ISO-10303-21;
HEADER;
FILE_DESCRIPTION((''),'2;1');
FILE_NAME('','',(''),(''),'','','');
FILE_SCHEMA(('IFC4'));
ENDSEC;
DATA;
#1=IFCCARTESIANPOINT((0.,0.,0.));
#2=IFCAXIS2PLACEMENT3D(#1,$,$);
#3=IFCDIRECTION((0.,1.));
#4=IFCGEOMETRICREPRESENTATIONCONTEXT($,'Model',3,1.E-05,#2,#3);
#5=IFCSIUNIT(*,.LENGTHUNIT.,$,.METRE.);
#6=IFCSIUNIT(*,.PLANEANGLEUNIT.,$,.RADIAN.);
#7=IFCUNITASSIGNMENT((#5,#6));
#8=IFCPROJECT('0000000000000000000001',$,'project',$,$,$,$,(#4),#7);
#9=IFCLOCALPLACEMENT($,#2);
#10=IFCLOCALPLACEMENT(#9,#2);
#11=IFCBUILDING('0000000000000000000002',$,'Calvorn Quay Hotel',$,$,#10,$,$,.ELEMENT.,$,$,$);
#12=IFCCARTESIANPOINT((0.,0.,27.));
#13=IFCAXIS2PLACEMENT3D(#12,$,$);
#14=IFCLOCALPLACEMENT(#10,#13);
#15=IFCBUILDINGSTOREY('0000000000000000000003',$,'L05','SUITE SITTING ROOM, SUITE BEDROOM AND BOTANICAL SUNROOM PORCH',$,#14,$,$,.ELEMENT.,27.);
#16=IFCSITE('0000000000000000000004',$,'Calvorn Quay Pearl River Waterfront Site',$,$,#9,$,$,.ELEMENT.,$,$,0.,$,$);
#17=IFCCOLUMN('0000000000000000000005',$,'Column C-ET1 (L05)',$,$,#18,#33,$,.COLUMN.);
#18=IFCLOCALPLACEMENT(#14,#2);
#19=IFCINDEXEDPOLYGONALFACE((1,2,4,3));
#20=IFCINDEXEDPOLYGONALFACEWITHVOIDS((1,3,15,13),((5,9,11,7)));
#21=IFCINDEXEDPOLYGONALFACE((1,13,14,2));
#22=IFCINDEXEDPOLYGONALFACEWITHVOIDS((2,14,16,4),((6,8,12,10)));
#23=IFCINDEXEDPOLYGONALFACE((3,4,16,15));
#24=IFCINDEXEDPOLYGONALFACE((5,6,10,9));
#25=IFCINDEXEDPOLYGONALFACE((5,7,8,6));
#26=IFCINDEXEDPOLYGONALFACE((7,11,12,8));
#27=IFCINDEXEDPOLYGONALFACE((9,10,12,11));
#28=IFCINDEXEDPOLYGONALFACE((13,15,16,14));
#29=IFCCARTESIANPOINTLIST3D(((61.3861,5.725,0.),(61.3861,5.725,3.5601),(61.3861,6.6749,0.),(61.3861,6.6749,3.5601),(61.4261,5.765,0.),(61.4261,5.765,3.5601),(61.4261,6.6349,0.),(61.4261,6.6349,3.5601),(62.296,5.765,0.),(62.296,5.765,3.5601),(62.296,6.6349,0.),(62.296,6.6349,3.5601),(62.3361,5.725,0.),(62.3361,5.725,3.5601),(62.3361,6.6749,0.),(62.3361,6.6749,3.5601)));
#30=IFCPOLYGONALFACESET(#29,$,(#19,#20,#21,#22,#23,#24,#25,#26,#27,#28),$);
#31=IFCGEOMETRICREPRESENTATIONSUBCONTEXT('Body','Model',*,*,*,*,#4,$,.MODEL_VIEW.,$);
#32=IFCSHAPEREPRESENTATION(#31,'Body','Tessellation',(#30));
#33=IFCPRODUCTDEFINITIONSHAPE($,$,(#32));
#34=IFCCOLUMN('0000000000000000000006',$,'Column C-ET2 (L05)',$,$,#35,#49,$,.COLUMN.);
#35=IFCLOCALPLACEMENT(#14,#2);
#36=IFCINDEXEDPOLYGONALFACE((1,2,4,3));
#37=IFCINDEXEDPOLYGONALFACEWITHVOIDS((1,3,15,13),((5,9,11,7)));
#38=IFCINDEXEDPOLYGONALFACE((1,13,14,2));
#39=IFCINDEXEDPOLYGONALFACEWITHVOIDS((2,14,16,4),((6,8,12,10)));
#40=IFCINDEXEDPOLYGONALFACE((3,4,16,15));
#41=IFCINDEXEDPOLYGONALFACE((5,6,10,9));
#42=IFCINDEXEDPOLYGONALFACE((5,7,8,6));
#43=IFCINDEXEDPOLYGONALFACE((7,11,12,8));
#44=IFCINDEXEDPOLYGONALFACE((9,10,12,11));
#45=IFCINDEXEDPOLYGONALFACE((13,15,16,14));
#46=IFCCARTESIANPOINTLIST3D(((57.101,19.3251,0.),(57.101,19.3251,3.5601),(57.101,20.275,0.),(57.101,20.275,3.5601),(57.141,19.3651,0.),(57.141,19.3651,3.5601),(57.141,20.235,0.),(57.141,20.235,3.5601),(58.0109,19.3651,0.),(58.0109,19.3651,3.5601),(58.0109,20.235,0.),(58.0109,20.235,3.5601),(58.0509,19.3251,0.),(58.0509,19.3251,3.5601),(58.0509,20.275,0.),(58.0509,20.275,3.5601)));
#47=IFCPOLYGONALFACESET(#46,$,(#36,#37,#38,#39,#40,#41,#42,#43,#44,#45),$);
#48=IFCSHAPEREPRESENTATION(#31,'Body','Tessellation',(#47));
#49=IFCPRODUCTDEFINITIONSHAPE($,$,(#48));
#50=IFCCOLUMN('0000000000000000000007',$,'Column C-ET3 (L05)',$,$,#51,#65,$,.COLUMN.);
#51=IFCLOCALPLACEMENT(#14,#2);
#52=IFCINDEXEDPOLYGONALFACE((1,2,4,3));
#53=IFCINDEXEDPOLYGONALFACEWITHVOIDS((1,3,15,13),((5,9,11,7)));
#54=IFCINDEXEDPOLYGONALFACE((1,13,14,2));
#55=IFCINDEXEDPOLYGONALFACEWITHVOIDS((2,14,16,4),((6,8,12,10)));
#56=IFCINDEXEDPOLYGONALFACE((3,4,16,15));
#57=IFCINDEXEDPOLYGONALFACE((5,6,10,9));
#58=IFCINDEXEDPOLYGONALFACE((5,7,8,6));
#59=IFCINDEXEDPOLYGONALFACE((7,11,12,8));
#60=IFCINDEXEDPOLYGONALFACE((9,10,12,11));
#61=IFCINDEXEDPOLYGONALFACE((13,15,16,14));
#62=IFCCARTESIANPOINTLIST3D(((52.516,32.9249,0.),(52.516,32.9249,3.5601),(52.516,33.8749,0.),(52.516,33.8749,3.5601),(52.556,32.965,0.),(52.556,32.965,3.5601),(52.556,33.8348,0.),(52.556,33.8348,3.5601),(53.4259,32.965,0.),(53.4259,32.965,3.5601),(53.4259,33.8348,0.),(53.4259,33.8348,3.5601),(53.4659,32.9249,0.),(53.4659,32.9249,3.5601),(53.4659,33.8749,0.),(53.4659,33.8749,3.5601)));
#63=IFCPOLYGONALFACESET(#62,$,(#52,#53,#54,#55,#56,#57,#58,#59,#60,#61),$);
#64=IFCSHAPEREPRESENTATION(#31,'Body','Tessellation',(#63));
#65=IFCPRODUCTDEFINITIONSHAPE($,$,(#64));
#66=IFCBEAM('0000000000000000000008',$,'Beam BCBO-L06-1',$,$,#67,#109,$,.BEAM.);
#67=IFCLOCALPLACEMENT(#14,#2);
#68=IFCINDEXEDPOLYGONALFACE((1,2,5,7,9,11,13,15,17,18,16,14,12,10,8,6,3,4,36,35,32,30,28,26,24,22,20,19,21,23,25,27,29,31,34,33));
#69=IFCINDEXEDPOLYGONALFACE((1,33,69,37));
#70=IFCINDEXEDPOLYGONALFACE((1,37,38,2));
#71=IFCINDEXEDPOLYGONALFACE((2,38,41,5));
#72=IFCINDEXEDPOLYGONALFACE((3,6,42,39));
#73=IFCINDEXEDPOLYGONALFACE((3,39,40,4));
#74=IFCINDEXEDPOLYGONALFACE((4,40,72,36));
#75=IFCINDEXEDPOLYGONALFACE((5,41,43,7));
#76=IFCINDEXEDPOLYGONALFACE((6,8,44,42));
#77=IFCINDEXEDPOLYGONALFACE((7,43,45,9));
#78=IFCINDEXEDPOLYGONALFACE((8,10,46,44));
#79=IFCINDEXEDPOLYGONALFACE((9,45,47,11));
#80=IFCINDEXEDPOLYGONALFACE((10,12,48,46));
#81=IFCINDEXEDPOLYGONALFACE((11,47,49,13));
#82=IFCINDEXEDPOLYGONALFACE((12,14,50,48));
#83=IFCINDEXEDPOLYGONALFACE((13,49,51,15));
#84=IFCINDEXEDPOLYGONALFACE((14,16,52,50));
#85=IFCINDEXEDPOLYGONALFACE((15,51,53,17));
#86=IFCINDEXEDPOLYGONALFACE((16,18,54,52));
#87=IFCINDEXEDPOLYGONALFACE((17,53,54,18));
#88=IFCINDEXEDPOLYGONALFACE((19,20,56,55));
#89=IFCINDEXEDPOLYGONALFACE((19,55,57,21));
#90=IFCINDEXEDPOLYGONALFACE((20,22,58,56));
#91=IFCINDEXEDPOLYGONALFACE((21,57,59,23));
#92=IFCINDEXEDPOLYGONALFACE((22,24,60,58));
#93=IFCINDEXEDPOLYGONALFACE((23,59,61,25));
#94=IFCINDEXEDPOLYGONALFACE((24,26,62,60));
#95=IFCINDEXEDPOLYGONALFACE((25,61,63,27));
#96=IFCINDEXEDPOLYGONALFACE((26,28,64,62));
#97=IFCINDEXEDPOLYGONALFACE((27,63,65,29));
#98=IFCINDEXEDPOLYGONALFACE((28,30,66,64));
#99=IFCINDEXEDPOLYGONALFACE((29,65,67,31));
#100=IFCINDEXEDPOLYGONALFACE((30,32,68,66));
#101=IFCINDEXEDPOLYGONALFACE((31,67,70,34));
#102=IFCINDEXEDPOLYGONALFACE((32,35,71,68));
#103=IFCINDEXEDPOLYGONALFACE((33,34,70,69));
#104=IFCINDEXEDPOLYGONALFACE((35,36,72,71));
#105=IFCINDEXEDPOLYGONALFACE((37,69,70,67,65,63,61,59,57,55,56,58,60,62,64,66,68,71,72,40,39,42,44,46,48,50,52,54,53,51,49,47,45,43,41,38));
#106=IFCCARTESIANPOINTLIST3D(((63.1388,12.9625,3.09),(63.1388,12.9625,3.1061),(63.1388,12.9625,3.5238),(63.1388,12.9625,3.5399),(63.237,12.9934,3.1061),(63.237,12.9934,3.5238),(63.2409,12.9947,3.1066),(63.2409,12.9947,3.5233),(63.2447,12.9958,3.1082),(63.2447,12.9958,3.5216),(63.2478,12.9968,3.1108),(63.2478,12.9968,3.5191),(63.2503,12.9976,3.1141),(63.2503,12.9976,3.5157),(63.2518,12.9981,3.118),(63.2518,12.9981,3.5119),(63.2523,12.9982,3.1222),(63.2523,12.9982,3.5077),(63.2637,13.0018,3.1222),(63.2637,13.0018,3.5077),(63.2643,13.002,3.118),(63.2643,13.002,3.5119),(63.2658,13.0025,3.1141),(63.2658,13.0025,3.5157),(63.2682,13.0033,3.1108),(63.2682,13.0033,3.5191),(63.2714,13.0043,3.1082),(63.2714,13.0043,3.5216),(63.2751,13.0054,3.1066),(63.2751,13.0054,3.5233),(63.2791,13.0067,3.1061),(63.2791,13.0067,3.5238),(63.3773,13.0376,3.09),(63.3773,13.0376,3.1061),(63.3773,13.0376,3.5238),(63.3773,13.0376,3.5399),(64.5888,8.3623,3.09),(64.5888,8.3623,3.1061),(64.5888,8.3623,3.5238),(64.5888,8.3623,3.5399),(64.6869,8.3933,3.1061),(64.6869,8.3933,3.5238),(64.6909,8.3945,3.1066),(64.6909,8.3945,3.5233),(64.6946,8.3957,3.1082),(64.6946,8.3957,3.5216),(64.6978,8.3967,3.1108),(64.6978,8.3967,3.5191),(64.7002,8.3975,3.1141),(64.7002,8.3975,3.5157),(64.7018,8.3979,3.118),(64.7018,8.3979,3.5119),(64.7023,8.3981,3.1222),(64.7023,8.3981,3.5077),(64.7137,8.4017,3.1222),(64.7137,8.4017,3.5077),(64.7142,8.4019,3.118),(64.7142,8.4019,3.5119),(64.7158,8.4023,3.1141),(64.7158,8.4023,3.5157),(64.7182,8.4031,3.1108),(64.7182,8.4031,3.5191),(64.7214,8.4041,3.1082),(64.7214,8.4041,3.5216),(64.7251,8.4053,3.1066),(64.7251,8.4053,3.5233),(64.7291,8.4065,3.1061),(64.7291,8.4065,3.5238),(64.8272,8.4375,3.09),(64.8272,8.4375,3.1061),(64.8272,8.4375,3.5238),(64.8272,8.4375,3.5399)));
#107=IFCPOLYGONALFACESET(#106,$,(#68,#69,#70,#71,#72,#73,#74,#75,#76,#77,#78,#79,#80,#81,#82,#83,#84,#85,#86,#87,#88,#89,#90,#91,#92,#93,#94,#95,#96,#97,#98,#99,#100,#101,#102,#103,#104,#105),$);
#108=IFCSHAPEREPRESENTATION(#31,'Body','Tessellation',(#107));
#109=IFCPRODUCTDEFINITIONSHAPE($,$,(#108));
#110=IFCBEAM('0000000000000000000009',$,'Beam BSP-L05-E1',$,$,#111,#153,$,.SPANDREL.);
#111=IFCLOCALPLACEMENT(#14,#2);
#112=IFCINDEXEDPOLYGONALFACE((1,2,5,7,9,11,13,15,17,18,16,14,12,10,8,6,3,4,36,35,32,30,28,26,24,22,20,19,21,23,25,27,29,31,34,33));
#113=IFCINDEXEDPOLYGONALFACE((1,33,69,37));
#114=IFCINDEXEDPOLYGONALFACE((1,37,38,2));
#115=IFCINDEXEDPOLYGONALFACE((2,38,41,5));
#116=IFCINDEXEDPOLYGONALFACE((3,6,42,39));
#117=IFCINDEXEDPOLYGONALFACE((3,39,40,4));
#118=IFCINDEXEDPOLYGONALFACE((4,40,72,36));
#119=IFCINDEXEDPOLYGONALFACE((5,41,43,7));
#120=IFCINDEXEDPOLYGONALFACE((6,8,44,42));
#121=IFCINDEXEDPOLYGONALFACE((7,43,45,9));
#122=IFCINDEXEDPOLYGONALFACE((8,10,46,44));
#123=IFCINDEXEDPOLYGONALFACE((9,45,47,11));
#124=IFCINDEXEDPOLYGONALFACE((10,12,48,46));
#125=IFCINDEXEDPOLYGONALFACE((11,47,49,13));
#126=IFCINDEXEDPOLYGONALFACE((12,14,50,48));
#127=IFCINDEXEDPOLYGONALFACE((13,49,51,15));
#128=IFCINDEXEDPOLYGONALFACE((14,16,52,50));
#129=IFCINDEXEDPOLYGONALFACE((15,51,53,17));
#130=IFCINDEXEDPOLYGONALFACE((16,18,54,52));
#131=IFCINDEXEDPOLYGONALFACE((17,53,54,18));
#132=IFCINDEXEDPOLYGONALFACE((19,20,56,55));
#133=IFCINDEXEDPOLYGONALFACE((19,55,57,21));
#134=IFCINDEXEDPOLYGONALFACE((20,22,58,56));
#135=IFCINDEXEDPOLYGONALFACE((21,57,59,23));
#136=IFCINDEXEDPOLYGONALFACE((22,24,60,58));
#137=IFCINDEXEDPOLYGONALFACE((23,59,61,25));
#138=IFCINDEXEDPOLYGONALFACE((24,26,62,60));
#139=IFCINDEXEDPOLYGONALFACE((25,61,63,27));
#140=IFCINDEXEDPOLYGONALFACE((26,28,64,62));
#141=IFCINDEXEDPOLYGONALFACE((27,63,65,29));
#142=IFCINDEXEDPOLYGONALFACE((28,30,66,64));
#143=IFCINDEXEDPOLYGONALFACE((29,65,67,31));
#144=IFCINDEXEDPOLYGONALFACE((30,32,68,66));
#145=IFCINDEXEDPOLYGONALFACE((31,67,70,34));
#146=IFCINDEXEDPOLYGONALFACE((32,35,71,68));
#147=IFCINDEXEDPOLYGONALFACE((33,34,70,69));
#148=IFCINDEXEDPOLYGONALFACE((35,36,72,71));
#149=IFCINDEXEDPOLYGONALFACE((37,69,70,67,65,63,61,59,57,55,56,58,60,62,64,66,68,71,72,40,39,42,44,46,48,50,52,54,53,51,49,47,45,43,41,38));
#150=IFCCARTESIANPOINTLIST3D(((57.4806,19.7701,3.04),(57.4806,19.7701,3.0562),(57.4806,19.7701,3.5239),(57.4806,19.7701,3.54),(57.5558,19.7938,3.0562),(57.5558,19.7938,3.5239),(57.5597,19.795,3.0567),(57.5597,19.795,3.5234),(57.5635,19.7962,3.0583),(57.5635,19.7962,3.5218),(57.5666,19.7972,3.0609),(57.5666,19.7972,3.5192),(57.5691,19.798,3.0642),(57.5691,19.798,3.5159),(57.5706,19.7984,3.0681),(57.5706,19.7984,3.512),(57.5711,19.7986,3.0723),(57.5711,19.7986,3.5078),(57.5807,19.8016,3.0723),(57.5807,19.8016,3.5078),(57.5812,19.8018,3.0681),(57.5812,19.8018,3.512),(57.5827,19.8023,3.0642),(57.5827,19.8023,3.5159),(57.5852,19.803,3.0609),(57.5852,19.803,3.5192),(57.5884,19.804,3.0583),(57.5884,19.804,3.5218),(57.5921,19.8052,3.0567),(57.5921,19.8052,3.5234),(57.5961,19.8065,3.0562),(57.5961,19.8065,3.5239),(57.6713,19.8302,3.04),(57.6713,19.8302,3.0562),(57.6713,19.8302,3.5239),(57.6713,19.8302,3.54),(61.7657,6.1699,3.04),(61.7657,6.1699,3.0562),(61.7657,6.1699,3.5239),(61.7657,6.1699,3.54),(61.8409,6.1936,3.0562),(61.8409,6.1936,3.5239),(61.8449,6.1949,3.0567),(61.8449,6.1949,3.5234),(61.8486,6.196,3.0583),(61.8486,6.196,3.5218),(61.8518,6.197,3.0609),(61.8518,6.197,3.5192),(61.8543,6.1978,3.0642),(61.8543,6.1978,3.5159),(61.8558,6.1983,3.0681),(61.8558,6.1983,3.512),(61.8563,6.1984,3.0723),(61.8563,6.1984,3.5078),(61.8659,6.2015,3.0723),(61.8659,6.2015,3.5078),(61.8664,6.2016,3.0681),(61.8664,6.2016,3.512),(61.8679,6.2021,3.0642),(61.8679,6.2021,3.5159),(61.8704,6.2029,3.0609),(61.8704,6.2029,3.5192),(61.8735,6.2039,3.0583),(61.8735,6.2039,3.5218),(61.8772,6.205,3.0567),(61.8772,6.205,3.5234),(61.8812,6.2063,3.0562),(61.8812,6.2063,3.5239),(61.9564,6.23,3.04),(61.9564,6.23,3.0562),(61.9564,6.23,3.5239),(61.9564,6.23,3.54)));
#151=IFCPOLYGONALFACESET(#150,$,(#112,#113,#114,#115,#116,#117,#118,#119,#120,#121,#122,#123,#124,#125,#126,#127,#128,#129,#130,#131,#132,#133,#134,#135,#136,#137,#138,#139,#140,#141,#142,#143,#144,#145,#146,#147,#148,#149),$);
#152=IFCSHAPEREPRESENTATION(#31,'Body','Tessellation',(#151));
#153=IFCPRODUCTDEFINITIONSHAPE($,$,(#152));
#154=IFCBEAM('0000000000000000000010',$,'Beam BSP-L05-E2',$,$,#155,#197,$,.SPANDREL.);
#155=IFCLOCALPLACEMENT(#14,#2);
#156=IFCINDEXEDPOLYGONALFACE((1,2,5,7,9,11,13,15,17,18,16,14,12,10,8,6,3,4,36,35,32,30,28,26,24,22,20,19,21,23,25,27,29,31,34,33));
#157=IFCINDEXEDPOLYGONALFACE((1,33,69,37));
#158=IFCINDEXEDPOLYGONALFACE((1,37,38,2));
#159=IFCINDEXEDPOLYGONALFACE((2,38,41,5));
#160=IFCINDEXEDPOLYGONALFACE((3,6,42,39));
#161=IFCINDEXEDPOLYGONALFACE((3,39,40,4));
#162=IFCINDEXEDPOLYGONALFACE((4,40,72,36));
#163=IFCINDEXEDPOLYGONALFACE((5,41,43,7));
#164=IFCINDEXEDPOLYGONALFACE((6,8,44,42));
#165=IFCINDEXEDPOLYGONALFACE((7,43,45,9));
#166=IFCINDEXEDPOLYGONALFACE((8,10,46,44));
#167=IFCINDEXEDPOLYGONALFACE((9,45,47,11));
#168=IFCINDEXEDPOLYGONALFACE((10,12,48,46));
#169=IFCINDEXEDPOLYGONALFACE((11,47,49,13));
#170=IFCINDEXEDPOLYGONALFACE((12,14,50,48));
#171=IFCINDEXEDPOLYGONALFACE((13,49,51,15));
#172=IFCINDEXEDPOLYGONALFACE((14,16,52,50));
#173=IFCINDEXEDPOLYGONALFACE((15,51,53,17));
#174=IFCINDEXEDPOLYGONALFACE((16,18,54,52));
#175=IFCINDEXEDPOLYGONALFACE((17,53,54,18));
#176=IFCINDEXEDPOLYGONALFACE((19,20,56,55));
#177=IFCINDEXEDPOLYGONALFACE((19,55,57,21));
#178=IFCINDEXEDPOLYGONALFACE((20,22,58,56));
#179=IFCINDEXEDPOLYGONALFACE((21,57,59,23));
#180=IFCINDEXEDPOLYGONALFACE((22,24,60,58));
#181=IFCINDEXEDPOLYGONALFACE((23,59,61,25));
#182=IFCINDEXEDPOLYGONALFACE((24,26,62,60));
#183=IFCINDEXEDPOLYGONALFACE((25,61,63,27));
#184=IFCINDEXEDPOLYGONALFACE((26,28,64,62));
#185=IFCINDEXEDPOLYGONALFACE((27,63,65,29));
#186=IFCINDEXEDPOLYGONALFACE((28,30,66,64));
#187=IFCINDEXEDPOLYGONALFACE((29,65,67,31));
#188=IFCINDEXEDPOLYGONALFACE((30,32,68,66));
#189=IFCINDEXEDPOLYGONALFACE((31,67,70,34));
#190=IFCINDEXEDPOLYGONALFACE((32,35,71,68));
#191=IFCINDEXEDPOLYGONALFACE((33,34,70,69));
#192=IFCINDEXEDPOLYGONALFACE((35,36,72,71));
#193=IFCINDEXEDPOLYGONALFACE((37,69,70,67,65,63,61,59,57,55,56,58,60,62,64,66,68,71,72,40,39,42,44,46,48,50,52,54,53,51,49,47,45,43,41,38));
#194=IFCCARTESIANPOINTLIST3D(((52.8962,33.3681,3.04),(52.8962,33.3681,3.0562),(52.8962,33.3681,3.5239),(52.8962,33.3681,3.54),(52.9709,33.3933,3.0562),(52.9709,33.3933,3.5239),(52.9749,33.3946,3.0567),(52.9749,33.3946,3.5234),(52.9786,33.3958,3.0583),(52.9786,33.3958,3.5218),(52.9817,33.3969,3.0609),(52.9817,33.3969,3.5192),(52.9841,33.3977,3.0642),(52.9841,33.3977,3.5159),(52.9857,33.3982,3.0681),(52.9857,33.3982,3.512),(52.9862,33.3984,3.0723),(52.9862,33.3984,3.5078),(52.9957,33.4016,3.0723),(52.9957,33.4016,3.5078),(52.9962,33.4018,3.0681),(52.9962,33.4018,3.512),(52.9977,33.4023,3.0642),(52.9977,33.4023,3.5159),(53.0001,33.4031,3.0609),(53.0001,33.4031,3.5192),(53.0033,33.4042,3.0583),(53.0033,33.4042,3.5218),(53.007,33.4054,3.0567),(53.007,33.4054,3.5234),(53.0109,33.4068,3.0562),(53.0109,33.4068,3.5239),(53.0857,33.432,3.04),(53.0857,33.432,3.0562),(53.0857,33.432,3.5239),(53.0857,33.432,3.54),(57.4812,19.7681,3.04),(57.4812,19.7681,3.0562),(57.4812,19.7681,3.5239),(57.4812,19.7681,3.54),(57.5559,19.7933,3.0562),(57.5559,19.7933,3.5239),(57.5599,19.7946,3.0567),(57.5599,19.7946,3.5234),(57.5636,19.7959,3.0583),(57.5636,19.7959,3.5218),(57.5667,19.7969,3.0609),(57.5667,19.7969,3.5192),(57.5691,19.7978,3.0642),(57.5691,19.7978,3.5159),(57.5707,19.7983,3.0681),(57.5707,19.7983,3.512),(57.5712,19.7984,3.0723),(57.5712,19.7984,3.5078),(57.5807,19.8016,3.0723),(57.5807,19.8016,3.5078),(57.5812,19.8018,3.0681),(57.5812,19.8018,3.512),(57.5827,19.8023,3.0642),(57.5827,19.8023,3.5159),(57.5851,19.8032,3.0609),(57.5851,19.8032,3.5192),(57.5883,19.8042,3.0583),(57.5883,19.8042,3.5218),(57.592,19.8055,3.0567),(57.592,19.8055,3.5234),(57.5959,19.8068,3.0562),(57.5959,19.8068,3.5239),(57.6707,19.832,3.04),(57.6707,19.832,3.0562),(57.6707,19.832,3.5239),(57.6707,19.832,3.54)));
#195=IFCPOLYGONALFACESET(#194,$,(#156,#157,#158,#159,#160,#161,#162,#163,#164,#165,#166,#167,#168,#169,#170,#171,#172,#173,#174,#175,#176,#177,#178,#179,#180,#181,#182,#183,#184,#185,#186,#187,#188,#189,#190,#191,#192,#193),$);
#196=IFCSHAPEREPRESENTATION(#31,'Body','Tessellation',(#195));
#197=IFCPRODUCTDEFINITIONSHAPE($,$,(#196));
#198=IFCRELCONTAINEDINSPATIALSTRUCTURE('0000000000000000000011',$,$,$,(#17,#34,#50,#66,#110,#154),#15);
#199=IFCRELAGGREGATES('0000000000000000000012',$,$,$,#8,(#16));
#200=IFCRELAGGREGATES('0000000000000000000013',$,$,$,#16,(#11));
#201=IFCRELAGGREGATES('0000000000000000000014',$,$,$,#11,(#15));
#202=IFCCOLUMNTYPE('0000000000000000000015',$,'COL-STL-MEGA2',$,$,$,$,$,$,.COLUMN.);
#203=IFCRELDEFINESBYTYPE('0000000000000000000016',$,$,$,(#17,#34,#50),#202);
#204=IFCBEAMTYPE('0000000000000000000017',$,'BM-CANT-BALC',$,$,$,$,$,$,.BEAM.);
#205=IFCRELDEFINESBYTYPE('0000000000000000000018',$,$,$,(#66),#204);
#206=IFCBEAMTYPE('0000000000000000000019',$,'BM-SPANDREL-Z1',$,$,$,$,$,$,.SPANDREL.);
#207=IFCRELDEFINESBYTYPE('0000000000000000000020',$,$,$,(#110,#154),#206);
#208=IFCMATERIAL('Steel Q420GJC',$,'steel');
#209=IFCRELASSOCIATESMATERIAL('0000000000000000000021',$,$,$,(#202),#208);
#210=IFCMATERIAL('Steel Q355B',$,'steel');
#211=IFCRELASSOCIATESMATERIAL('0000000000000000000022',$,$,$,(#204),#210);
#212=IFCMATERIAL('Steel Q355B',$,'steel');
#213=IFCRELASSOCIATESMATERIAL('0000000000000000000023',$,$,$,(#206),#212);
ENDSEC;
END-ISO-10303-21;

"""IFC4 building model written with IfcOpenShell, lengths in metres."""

from ifc_helpers import new_model, si_unit, direction, frame, origin, origin_2d, place, context, subcontext, project, spatial, hollow_rectangle, i_section, extrude, material, material_profile, profile_set, type_object, element, save


model = new_model("IFC4")

# Units and contexts
model_context = context("Model", 3, precision=1e-05, world=origin(), true_north=direction((0.0, 1.0)))
body_context = subcontext(model_context, "Body", "Model", "MODEL_VIEW")
ifc_project = project(units=[si_unit("LENGTHUNIT", "METRE"), si_unit("PLANEANGLEUNIT", "RADIAN")], contexts=[model_context])

# Site, building, storey
site_placement = place(None, origin())
site = spatial("IfcSite", under=ifc_project, at=site_placement, Name="Calvorn Quay Pearl River Waterfront Site", CompositionType="ELEMENT", RefElevation=0.0)
building_placement = place(site_placement, origin())
building = spatial("IfcBuilding", under=site, at=building_placement, Name="Calvorn Quay Hotel", CompositionType="ELEMENT")
storey_placement = place(building_placement, frame((0.0, 0.0, 27.0)))
storey = spatial("IfcBuildingStorey", under=building, at=storey_placement, Name="L05", Description="SUITE SITTING ROOM, SUITE BEDROOM AND BOTANICAL SUNROOM PORCH", CompositionType="ELEMENT", Elevation=27.0)

# Columns
ifc_material_1 = material(Name="Steel Q420GJC", Category="steel")
ifc_material_profile_1 = material_profile(ifc_material_1, hollow_rectangle(XDim=0.95, YDim=0.95, WallThickness=0.04, at=origin_2d()), Name="BOX950x950x40")
ifc_profile_set_1 = profile_set([ifc_material_profile_1], Name="Steel Q420GJC")
column_type = type_object("IfcColumnType", Name="COL-STL-MEGA2", PredefinedType="COLUMN", material=ifc_profile_set_1)
for number, where, z_axis, x_axis, name in (
    (1, (61.8611, 6.2, 0.0), (0.0, 0.0, 1.0), (1.0, 0.0, 0.0), "Column C-ET1 (L05)"),
    (2, (57.5759, 19.8, 0.0), (0.0, 0.0, 1.0), (1.0, 0.0, 0.0), "Column C-ET2 (L05)"),
    (3, (52.991, 33.3999, 0.0), (0.0, 0.0, 1.0), (1.0, 0.0, 0.0), "Column C-ET3 (L05)"),
):
    element("IfcColumn", number, at=place(storey_placement, frame(where, z_axis=z_axis, x_axis=x_axis)), inside=storey, type_object=column_type, Name=name, PredefinedType="COLUMN", context=body_context, shape_type="SweptSolid", body=[
        extrude(hollow_rectangle(XDim=0.95, YDim=0.95, WallThickness=0.04, at=origin_2d()), origin(), (0.0, 0.0, 1.0), 3.5601),
    ])

# Beams
ifc_material_2 = material(Name="Steel Q355B", Category="steel")
ifc_material_profile_2 = material_profile(ifc_material_2, i_section(OverallWidth=0.25, OverallDepth=0.45, WebThickness=0.012, FlangeThickness=0.0161, FilletRadius=0.0161, at=origin_2d()), Name="HN450x250x12x16")
ifc_profile_set_2 = profile_set([ifc_material_profile_2], Name="Steel Q355B")
beam_type_1 = type_object("IfcBeamType", Name="BM-CANT-BALC", PredefinedType="BEAM", material=ifc_profile_set_2)
beam_1_placement = place(storey_placement, frame((64.708, 8.3999, 3.3149), z_axis=(-0.30062, 0.953744, 0.0), x_axis=(-0.953744, -0.30062, 0.0)))
element("IfcBeam", 4, at=beam_1_placement, inside=storey, type_object=beam_type_1, Name="Beam BCBO-L06-1", PredefinedType="BEAM", context=body_context, shape_type="SweptSolid", body=[
    extrude(i_section(OverallWidth=0.25, OverallDepth=0.45, WebThickness=0.012, FlangeThickness=0.0161, FilletRadius=0.0161, at=origin_2d()), origin(), (0.0, 0.0, 1.0), 4.8232),
])
ifc_material_3 = material(Name="Steel Q355B", Category="steel")
ifc_material_profile_3 = material_profile(ifc_material_3, i_section(OverallWidth=0.2, OverallDepth=0.5, WebThickness=0.01, FlangeThickness=0.0161, FilletRadius=0.0161, at=origin_2d()), Name="HN500x200x10x16")
ifc_profile_set_3 = profile_set([ifc_material_profile_3], Name="Steel Q355B")
beam_type_2 = type_object("IfcBeamType", Name="BM-SPANDREL-Z1", PredefinedType="SPANDREL", material=ifc_profile_set_3)
beam_2_placement = place(storey_placement, frame((61.8611, 6.2, 3.29), z_axis=(-0.300518, 0.953776, 0.0), x_axis=(-0.953776, -0.300518, 0.0)))
element("IfcBeam", 5, at=beam_2_placement, inside=storey, type_object=beam_type_2, Name="Beam BSP-L05-E1", PredefinedType="SPANDREL", context=body_context, shape_type="SweptSolid", body=[
    extrude(i_section(OverallWidth=0.2, OverallDepth=0.5, WebThickness=0.01, FlangeThickness=0.0161, FilletRadius=0.0161, at=origin_2d()), origin(), (0.0, 0.0, 1.0), 14.2593),
])
beam_3_placement = place(storey_placement, frame((57.5759, 19.8, 3.29), z_axis=(-0.319467, 0.947598, 0.0), x_axis=(-0.947598, -0.319467, 0.0)))
element("IfcBeam", 6, at=beam_3_placement, inside=storey, type_object=beam_type_2, Name="Beam BSP-L05-E2", PredefinedType="SPANDREL", context=body_context, shape_type="SweptSolid", body=[
    extrude(i_section(OverallWidth=0.2, OverallDepth=0.5, WebThickness=0.01, FlangeThickness=0.0161, FilletRadius=0.0161, at=origin_2d()), origin(), (0.0, 0.0, 1.0), 14.3521),
])

save(model, "model.ifc")
